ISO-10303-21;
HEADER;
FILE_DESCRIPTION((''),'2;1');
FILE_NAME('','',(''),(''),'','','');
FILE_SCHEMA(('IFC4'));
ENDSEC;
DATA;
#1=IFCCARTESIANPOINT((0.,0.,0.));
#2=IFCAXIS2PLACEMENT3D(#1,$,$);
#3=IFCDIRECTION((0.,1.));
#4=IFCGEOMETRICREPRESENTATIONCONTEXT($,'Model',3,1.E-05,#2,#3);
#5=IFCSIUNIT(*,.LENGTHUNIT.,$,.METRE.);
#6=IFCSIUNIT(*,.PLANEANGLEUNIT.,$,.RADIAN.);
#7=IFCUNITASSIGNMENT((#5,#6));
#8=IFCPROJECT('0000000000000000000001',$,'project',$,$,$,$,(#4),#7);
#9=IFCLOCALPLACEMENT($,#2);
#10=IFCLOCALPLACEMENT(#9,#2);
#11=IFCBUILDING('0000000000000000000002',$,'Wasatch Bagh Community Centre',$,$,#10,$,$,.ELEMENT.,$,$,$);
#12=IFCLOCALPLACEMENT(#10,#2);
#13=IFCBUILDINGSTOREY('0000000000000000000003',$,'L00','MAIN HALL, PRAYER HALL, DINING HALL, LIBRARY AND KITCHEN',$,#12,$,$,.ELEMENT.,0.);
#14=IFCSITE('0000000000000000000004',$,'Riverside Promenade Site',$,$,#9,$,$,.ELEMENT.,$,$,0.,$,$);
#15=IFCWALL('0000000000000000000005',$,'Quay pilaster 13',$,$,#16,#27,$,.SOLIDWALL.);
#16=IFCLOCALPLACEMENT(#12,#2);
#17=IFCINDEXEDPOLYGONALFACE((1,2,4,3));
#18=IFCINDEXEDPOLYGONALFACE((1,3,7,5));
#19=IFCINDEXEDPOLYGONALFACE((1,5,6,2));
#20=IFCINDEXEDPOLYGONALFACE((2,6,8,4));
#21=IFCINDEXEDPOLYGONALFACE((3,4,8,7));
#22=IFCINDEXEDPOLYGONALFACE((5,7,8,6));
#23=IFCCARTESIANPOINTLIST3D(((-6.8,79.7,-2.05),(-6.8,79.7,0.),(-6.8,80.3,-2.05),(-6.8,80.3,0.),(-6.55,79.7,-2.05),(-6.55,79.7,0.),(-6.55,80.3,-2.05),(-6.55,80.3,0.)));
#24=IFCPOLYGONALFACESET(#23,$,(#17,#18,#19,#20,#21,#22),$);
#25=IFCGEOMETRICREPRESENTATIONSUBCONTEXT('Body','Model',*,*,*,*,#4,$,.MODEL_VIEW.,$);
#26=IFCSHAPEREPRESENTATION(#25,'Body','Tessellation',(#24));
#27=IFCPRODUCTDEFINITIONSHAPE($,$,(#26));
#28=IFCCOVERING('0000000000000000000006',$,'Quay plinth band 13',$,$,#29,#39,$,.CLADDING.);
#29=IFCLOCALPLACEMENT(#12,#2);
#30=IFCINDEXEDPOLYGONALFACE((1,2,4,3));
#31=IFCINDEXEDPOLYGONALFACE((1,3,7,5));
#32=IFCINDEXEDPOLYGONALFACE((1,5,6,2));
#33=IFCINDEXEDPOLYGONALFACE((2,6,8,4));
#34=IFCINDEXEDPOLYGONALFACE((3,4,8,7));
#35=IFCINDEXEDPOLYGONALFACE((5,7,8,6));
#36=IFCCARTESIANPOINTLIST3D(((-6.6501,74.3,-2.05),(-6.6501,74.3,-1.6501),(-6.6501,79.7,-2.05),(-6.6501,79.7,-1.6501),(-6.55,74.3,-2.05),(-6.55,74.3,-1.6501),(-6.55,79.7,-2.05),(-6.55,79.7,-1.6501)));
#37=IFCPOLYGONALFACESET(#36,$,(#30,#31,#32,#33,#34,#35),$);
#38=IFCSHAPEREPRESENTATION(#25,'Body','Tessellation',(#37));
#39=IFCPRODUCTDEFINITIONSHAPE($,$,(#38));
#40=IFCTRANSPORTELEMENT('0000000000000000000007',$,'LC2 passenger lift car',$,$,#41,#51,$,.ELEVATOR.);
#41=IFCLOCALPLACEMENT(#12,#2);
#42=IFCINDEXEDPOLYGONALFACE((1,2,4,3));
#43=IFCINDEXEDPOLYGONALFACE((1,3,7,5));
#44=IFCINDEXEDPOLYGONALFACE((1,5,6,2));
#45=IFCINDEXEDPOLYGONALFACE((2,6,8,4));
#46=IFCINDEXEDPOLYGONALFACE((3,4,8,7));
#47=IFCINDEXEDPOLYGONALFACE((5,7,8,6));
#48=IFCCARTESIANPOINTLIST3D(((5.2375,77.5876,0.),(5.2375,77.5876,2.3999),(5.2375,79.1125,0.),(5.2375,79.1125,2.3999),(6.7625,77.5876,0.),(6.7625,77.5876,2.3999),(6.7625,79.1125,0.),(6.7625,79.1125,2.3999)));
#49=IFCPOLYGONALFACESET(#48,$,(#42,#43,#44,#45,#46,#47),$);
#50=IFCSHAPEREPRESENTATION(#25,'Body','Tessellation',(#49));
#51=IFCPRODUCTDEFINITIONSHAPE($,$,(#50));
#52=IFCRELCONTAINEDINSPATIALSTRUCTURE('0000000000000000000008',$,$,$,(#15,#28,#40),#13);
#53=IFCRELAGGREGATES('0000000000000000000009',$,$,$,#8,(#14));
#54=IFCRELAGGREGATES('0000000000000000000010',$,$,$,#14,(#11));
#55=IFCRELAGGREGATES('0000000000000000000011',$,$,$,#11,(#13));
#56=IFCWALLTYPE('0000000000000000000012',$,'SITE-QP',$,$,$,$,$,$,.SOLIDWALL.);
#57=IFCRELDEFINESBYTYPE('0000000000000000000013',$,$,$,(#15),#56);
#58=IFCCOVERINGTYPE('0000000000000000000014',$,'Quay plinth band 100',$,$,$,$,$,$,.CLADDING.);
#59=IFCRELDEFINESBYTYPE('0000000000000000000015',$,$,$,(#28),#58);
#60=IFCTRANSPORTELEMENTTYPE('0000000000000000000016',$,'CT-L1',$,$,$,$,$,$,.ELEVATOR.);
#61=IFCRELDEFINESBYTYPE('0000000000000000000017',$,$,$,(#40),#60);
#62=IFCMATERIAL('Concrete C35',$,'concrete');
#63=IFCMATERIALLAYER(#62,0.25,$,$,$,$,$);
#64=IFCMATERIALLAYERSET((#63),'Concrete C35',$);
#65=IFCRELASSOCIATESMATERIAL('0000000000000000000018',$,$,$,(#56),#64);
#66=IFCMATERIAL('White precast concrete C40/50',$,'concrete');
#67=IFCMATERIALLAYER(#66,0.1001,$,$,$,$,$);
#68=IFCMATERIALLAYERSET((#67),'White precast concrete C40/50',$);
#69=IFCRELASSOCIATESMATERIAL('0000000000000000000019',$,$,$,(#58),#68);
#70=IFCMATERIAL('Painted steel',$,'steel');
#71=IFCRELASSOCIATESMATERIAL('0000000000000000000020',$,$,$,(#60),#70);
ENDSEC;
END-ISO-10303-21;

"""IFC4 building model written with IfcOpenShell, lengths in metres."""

from ifc_helpers import new_model, si_unit, direction, frame, frame_2d, origin, origin_2d, place, context, subcontext, project, spatial, rectangle, extrude, material, layer, layer_set, type_object, element, save


model = new_model("IFC4")

# Units and contexts
model_context = context("Model", 3, precision=1e-05, world=origin(), true_north=direction((0.0, 1.0)))
body_context = subcontext(model_context, "Body", "Model", "MODEL_VIEW")
ifc_project = project(units=[si_unit("LENGTHUNIT", "METRE"), si_unit("PLANEANGLEUNIT", "RADIAN")], contexts=[model_context])

# Site, building, storey
site_placement = place(None, origin())
site = spatial("IfcSite", under=ifc_project, at=site_placement, Name="Riverside Promenade Site", CompositionType="ELEMENT", RefElevation=0.0)
building_placement = place(site_placement, origin())
building = spatial("IfcBuilding", under=site, at=building_placement, Name="Wasatch Bagh Community Centre", CompositionType="ELEMENT")
storey_placement = place(building_placement, origin())
storey = spatial("IfcBuildingStorey", under=building, at=storey_placement, Name="L00", Description="MAIN HALL, PRAYER HALL, DINING HALL, LIBRARY AND KITCHEN", CompositionType="ELEMENT", Elevation=0.0)

# Shared definitions
ifc_material_1 = material(Name="Concrete C35", Category="concrete")

# Wall
ifc_layer_1 = layer(ifc_material_1, 0.25)
ifc_layer_set_1 = layer_set([ifc_layer_1], Name="Concrete C35")
wall_type_1 = type_object("IfcWallType", Name="SITE-QP", PredefinedType="SOLIDWALL", material=ifc_layer_set_1)
wall_1_placement = place(storey_placement, frame((-6.675, 79.7, -2.05), z_axis=(0.0, 0.0, 1.0), x_axis=(0.0, 1.0, 0.0)))
element("IfcWall", 1, at=wall_1_placement, inside=storey, type_object=wall_type_1, Name="Quay pilaster 13", PredefinedType="SOLIDWALL", context=body_context, shape_type="SweptSolid", body=[
    extrude(rectangle(XDim=0.6001, YDim=0.25, at=frame_2d((0.3, 0.0))), origin(), (0.0, 0.0, 1.0), 2.05),
])

# Covering
ifc_material_2 = material(Name="White precast concrete C40/50", Category="concrete")
ifc_layer_2 = layer(ifc_material_2, 0.1001)
ifc_layer_set_2 = layer_set([ifc_layer_2], Name="White precast concrete C40/50")
covering_type = type_object("IfcCoveringType", Name="Quay plinth band 100", PredefinedType="CLADDING", material=ifc_layer_set_2)
covering_placement = place(storey_placement, frame((-6.6001, 77.0, -2.05), z_axis=(0.0, 0.0, 1.0), x_axis=(1.0, 0.0, 0.0)))
element("IfcCovering", 2, at=covering_placement, inside=storey, type_object=covering_type, Name="Quay plinth band 13", PredefinedType="CLADDING", context=body_context, shape_type="SweptSolid", body=[
    extrude(rectangle(XDim=0.1001, YDim=5.3999, at=origin_2d()), origin(), (0.0, 0.0, 1.0), 0.3999),
])

# Transport element
ifc_material_3 = material(Name="Painted steel", Category="steel")
transport_element_type = type_object("IfcTransportElementType", Name="CT-L1", PredefinedType="ELEVATOR", material=ifc_material_3)
transport_element_placement = place(storey_placement, frame((6.0, 78.3501, 0.0), z_axis=(0.0, 0.0, 1.0), x_axis=(1.0, 0.0, 0.0)))
element("IfcTransportElement", 3, at=transport_element_placement, inside=storey, type_object=transport_element_type, Name="LC2 passenger lift car", PredefinedType="ELEVATOR", context=body_context, shape_type="SweptSolid", body=[
    extrude(rectangle(XDim=1.5249, YDim=1.5249, at=origin_2d()), origin(), (0.0, 0.0, 1.0), 2.3999),
])

save(model, "model.ifc")
